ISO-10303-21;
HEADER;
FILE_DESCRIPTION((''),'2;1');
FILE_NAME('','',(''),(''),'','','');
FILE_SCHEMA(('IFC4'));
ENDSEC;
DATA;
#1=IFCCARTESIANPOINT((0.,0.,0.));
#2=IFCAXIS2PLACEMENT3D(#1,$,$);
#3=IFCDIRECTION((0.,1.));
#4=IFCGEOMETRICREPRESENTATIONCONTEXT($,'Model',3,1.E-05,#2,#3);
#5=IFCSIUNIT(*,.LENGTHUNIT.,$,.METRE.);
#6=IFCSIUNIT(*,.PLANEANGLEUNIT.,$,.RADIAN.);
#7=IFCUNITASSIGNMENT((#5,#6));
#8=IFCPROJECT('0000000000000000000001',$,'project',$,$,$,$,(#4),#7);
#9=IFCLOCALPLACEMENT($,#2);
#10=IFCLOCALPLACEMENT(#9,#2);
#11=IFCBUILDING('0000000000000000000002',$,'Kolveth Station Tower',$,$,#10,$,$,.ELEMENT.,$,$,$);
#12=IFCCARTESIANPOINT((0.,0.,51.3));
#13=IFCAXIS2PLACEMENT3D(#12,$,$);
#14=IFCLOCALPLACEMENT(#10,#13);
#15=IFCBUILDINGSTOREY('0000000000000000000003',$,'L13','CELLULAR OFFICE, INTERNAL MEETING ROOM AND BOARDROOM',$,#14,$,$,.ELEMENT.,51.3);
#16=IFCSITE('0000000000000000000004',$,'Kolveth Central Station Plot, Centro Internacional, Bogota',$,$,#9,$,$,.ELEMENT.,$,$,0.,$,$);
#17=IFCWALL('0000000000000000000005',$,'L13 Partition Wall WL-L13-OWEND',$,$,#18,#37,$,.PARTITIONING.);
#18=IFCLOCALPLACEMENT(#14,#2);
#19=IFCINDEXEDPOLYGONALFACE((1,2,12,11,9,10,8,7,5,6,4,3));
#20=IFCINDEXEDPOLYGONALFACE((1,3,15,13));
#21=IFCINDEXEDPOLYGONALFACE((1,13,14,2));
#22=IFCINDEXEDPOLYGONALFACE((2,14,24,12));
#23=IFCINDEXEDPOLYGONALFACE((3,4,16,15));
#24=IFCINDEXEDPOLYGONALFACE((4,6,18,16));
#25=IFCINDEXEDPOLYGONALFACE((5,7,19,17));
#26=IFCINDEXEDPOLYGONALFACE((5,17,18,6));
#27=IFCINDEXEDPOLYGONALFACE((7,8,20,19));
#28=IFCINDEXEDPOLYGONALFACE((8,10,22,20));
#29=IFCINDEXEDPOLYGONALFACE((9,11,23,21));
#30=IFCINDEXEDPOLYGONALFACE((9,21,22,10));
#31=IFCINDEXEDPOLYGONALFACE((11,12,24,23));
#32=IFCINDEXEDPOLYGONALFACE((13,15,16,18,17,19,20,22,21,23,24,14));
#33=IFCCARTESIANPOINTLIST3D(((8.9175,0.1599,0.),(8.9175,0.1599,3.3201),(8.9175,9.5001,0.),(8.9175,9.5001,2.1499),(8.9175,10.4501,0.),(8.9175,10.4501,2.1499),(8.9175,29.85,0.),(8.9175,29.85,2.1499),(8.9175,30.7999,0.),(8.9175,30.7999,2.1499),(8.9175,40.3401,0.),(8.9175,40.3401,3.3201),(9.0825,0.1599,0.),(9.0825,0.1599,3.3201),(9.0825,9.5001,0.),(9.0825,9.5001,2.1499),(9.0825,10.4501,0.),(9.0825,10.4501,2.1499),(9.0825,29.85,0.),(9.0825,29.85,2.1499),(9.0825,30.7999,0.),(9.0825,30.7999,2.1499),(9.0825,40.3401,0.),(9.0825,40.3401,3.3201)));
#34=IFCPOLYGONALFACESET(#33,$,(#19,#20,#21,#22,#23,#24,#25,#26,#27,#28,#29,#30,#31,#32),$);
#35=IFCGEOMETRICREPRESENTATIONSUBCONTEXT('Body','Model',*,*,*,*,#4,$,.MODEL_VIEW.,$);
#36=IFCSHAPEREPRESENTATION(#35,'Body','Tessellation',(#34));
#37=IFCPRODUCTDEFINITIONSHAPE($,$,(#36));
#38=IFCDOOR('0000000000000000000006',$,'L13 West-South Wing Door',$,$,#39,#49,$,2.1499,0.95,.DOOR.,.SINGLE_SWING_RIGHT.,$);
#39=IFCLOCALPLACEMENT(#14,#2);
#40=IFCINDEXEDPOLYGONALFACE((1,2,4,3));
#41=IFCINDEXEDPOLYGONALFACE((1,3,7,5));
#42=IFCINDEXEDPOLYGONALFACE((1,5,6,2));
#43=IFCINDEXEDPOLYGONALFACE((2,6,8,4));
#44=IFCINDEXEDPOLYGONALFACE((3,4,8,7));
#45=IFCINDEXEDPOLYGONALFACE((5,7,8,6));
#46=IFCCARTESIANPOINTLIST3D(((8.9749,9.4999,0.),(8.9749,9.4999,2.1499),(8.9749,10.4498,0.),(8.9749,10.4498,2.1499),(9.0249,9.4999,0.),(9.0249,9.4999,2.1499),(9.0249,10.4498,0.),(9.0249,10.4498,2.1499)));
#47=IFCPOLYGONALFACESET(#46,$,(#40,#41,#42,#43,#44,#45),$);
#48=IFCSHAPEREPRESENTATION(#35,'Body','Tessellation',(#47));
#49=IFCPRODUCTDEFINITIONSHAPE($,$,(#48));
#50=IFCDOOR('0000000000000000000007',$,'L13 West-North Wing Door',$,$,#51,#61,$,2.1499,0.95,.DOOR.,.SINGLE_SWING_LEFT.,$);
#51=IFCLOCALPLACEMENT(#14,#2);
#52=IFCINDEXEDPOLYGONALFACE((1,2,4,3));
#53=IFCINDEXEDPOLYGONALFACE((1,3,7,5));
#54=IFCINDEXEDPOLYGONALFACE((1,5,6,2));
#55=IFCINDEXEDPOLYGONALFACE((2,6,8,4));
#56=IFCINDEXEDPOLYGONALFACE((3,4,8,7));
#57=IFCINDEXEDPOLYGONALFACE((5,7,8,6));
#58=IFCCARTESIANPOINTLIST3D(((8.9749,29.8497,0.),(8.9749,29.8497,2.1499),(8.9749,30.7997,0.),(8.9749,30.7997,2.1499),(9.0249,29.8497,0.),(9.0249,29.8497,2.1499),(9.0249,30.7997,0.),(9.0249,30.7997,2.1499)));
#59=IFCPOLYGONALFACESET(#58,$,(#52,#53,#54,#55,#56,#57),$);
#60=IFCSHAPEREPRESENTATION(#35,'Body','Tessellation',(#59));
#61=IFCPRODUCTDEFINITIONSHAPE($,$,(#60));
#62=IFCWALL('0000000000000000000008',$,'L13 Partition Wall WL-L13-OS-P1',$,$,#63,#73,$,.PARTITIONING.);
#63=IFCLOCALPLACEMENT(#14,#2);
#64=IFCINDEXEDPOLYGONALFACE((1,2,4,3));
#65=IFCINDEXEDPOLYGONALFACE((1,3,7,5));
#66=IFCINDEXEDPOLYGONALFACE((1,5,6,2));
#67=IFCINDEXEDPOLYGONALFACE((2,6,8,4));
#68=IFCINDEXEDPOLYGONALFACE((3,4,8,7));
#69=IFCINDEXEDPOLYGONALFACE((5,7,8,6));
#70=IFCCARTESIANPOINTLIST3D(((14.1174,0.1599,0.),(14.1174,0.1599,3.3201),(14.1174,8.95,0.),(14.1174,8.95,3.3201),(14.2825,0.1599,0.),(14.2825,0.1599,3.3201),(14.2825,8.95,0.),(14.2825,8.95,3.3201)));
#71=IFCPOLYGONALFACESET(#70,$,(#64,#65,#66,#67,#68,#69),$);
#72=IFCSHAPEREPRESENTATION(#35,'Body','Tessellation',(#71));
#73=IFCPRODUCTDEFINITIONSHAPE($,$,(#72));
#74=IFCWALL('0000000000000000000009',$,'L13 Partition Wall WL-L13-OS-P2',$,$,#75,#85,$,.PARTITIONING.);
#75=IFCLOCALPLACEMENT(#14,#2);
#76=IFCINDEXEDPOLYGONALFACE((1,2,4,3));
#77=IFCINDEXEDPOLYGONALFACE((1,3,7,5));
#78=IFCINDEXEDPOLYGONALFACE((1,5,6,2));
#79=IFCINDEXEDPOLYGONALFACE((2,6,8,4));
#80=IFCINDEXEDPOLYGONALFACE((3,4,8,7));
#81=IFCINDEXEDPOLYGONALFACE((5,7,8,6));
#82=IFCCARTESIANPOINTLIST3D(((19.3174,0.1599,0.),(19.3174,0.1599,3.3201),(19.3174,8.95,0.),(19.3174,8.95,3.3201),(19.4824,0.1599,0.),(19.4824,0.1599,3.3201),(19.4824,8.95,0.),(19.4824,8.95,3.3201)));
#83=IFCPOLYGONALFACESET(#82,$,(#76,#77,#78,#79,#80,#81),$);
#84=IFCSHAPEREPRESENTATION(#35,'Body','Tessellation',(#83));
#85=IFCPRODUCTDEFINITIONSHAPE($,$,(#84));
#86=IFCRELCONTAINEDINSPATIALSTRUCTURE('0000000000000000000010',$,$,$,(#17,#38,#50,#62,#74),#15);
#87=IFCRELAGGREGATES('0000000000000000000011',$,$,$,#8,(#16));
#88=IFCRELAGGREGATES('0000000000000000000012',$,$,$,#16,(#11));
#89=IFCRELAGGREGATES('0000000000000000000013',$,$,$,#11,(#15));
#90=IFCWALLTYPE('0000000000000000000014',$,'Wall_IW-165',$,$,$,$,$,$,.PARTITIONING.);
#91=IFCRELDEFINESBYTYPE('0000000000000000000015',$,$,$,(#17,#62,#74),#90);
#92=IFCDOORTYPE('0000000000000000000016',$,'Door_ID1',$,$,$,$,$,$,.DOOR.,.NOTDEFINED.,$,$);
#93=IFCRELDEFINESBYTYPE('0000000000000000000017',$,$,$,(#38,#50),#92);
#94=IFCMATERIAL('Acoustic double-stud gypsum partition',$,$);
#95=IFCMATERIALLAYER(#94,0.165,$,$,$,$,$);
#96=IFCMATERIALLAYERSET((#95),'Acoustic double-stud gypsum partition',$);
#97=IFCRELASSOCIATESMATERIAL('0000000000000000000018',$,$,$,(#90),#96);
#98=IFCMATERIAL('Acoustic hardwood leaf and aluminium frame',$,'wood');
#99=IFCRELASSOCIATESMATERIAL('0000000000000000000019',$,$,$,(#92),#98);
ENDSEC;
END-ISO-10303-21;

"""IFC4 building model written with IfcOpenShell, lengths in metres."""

from ifc_helpers import new_model, si_unit, direction, frame, frame_2d, origin, place, context, subcontext, project, spatial, rectangle, extrude, material, layer, layer_set, type_object, element, fill, save


model = new_model("IFC4")

# Units and contexts
model_context = context("Model", 3, precision=1e-05, world=origin(), true_north=direction((0.0, 1.0)))
body_context = subcontext(model_context, "Body", "Model", "MODEL_VIEW")
ifc_project = project(units=[si_unit("LENGTHUNIT", "METRE"), si_unit("PLANEANGLEUNIT", "RADIAN")], contexts=[model_context])

# Site, building, storey
site_placement = place(None, origin())
site = spatial("IfcSite", under=ifc_project, at=site_placement, Name="Kolveth Central Station Plot, Centro Internacional, Bogota", CompositionType="ELEMENT", RefElevation=0.0)
building_placement = place(site_placement, origin())
building = spatial("IfcBuilding", under=site, at=building_placement, Name="Kolveth Station Tower", CompositionType="ELEMENT")
storey_placement = place(building_placement, frame((0.0, 0.0, 51.3)))
storey = spatial("IfcBuildingStorey", under=building, at=storey_placement, Name="L13", Description="CELLULAR OFFICE, INTERNAL MEETING ROOM AND BOARDROOM", CompositionType="ELEMENT", Elevation=51.3)

# Wall, openings, doors
ifc_material_1 = material(Name="Acoustic double-stud gypsum partition")
ifc_layer_1 = layer(ifc_material_1, 0.165)
ifc_layer_set_1 = layer_set([ifc_layer_1], Name="Acoustic double-stud gypsum partition")
wall_type = type_object("IfcWallType", Name="Wall_IW-165", PredefinedType="PARTITIONING", material=ifc_layer_set_1)
wall_placement = place(storey_placement, frame((9.0, 0.1599, 0.0), z_axis=(0.0, 0.0, 1.0), x_axis=(0.0, 1.0, 0.0)))
wall = element("IfcWall", 1, at=wall_placement, inside=storey, type_object=wall_type, Name="L13 Partition Wall WL-L13-OWEND", PredefinedType="PARTITIONING", context=body_context, shape_type="SweptSolid", body=[
    extrude(rectangle(XDim=40.1802, YDim=0.165, at=frame_2d((20.0901, 0.0))), origin(), (0.0, 0.0, 1.0), 3.3201),
])
opening_1_placement = place(wall_placement, frame((9.3401, 0.0, 0.0)))
opening_1 = element("IfcOpeningElement", 2, at=opening_1_placement, cuts=wall, PredefinedType="OPENING", context=body_context, shape_type="SweptSolid", body=[
    extrude(rectangle(XDim=0.95, YDim=2.1499, at=frame_2d((0.4751, 1.075))), frame((0.0, 0.0925, 0.0), z_axis=(0.0, -1.0, 0.0), x_axis=(1.0, 0.0, 0.0)), (0.0, 0.0, 1.0), 0.1851),
])
opening_2_placement = place(wall_placement, frame((29.6899, 0.0, 0.0)))
opening_2 = element("IfcOpeningElement", 3, at=opening_2_placement, cuts=wall, PredefinedType="OPENING", context=body_context, shape_type="SweptSolid", body=[
    extrude(rectangle(XDim=0.95, YDim=2.1499, at=frame_2d((0.4751, 1.075))), frame((0.0, 0.0925, 0.0), z_axis=(0.0, -1.0, 0.0), x_axis=(1.0, 0.0, 0.0)), (0.0, 0.0, 1.0), 0.1851),
])
ifc_material_2 = material(Name="Acoustic hardwood leaf and aluminium frame", Category="wood")
door_type = type_object("IfcDoorType", Name="Door_ID1", OperationType="NOTDEFINED", PredefinedType="DOOR", material=ifc_material_2)
door_1_placement = place(opening_1_placement, frame((0.95, 0.0, 0.0), z_axis=(0.0, 0.0, 1.0), x_axis=(-1.0, 0.0, 0.0)))
door_1 = element("IfcDoor", 4, at=door_1_placement, inside=storey, type_object=door_type, Name="L13 West-South Wing Door", OperationType="SINGLE_SWING_RIGHT", OverallHeight=2.1499, OverallWidth=0.95, PredefinedType="DOOR", context=body_context, shape_type="SweptSolid", body=[
    extrude(rectangle(XDim=0.95, YDim=2.1499, at=frame_2d((0.4751, 1.075))), frame((0.0, 0.0249, 0.0), z_axis=(0.0, -1.0, 0.0), x_axis=(1.0, 0.0, 0.0)), (0.0, 0.0, 1.0), 0.05),
])
fill(opening_1, door_1)
door_2_placement = place(opening_2_placement, frame((0.95, 0.0, 0.0), z_axis=(0.0, 0.0, 1.0), x_axis=(-1.0, 0.0, 0.0)))
door_2 = element("IfcDoor", 5, at=door_2_placement, inside=storey, type_object=door_type, Name="L13 West-North Wing Door", OperationType="SINGLE_SWING_LEFT", OverallHeight=2.1499, OverallWidth=0.95, PredefinedType="DOOR", context=body_context, shape_type="SweptSolid", body=[
    extrude(rectangle(XDim=0.95, YDim=2.1499, at=frame_2d((0.4751, 1.075))), frame((0.0, 0.0249, 0.0), z_axis=(0.0, -1.0, 0.0), x_axis=(1.0, 0.0, 0.0)), (0.0, 0.0, 1.0), 0.05),
])
fill(opening_2, door_2)

# Walls
for number, where, z_axis, x_axis, name in (
    (6, (14.2, 0.1599, 0.0), (0.0, 0.0, 1.0), (0.0, 1.0, 0.0), "L13 Partition Wall WL-L13-OS-P1"),
    (7, (19.3999, 0.1599, 0.0), (0.0, 0.0, 1.0), (0.0, 1.0, 0.0), "L13 Partition Wall WL-L13-OS-P2"),
):
    element("IfcWall", number, at=place(storey_placement, frame(where, z_axis=z_axis, x_axis=x_axis)), inside=storey, type_object=wall_type, Name=name, PredefinedType="PARTITIONING", context=body_context, shape_type="SweptSolid", body=[
        extrude(rectangle(XDim=8.79, YDim=0.165, at=frame_2d((4.395, 0.0))), origin(), (0.0, 0.0, 1.0), 3.3201),
    ])

save(model, "model.ifc")
